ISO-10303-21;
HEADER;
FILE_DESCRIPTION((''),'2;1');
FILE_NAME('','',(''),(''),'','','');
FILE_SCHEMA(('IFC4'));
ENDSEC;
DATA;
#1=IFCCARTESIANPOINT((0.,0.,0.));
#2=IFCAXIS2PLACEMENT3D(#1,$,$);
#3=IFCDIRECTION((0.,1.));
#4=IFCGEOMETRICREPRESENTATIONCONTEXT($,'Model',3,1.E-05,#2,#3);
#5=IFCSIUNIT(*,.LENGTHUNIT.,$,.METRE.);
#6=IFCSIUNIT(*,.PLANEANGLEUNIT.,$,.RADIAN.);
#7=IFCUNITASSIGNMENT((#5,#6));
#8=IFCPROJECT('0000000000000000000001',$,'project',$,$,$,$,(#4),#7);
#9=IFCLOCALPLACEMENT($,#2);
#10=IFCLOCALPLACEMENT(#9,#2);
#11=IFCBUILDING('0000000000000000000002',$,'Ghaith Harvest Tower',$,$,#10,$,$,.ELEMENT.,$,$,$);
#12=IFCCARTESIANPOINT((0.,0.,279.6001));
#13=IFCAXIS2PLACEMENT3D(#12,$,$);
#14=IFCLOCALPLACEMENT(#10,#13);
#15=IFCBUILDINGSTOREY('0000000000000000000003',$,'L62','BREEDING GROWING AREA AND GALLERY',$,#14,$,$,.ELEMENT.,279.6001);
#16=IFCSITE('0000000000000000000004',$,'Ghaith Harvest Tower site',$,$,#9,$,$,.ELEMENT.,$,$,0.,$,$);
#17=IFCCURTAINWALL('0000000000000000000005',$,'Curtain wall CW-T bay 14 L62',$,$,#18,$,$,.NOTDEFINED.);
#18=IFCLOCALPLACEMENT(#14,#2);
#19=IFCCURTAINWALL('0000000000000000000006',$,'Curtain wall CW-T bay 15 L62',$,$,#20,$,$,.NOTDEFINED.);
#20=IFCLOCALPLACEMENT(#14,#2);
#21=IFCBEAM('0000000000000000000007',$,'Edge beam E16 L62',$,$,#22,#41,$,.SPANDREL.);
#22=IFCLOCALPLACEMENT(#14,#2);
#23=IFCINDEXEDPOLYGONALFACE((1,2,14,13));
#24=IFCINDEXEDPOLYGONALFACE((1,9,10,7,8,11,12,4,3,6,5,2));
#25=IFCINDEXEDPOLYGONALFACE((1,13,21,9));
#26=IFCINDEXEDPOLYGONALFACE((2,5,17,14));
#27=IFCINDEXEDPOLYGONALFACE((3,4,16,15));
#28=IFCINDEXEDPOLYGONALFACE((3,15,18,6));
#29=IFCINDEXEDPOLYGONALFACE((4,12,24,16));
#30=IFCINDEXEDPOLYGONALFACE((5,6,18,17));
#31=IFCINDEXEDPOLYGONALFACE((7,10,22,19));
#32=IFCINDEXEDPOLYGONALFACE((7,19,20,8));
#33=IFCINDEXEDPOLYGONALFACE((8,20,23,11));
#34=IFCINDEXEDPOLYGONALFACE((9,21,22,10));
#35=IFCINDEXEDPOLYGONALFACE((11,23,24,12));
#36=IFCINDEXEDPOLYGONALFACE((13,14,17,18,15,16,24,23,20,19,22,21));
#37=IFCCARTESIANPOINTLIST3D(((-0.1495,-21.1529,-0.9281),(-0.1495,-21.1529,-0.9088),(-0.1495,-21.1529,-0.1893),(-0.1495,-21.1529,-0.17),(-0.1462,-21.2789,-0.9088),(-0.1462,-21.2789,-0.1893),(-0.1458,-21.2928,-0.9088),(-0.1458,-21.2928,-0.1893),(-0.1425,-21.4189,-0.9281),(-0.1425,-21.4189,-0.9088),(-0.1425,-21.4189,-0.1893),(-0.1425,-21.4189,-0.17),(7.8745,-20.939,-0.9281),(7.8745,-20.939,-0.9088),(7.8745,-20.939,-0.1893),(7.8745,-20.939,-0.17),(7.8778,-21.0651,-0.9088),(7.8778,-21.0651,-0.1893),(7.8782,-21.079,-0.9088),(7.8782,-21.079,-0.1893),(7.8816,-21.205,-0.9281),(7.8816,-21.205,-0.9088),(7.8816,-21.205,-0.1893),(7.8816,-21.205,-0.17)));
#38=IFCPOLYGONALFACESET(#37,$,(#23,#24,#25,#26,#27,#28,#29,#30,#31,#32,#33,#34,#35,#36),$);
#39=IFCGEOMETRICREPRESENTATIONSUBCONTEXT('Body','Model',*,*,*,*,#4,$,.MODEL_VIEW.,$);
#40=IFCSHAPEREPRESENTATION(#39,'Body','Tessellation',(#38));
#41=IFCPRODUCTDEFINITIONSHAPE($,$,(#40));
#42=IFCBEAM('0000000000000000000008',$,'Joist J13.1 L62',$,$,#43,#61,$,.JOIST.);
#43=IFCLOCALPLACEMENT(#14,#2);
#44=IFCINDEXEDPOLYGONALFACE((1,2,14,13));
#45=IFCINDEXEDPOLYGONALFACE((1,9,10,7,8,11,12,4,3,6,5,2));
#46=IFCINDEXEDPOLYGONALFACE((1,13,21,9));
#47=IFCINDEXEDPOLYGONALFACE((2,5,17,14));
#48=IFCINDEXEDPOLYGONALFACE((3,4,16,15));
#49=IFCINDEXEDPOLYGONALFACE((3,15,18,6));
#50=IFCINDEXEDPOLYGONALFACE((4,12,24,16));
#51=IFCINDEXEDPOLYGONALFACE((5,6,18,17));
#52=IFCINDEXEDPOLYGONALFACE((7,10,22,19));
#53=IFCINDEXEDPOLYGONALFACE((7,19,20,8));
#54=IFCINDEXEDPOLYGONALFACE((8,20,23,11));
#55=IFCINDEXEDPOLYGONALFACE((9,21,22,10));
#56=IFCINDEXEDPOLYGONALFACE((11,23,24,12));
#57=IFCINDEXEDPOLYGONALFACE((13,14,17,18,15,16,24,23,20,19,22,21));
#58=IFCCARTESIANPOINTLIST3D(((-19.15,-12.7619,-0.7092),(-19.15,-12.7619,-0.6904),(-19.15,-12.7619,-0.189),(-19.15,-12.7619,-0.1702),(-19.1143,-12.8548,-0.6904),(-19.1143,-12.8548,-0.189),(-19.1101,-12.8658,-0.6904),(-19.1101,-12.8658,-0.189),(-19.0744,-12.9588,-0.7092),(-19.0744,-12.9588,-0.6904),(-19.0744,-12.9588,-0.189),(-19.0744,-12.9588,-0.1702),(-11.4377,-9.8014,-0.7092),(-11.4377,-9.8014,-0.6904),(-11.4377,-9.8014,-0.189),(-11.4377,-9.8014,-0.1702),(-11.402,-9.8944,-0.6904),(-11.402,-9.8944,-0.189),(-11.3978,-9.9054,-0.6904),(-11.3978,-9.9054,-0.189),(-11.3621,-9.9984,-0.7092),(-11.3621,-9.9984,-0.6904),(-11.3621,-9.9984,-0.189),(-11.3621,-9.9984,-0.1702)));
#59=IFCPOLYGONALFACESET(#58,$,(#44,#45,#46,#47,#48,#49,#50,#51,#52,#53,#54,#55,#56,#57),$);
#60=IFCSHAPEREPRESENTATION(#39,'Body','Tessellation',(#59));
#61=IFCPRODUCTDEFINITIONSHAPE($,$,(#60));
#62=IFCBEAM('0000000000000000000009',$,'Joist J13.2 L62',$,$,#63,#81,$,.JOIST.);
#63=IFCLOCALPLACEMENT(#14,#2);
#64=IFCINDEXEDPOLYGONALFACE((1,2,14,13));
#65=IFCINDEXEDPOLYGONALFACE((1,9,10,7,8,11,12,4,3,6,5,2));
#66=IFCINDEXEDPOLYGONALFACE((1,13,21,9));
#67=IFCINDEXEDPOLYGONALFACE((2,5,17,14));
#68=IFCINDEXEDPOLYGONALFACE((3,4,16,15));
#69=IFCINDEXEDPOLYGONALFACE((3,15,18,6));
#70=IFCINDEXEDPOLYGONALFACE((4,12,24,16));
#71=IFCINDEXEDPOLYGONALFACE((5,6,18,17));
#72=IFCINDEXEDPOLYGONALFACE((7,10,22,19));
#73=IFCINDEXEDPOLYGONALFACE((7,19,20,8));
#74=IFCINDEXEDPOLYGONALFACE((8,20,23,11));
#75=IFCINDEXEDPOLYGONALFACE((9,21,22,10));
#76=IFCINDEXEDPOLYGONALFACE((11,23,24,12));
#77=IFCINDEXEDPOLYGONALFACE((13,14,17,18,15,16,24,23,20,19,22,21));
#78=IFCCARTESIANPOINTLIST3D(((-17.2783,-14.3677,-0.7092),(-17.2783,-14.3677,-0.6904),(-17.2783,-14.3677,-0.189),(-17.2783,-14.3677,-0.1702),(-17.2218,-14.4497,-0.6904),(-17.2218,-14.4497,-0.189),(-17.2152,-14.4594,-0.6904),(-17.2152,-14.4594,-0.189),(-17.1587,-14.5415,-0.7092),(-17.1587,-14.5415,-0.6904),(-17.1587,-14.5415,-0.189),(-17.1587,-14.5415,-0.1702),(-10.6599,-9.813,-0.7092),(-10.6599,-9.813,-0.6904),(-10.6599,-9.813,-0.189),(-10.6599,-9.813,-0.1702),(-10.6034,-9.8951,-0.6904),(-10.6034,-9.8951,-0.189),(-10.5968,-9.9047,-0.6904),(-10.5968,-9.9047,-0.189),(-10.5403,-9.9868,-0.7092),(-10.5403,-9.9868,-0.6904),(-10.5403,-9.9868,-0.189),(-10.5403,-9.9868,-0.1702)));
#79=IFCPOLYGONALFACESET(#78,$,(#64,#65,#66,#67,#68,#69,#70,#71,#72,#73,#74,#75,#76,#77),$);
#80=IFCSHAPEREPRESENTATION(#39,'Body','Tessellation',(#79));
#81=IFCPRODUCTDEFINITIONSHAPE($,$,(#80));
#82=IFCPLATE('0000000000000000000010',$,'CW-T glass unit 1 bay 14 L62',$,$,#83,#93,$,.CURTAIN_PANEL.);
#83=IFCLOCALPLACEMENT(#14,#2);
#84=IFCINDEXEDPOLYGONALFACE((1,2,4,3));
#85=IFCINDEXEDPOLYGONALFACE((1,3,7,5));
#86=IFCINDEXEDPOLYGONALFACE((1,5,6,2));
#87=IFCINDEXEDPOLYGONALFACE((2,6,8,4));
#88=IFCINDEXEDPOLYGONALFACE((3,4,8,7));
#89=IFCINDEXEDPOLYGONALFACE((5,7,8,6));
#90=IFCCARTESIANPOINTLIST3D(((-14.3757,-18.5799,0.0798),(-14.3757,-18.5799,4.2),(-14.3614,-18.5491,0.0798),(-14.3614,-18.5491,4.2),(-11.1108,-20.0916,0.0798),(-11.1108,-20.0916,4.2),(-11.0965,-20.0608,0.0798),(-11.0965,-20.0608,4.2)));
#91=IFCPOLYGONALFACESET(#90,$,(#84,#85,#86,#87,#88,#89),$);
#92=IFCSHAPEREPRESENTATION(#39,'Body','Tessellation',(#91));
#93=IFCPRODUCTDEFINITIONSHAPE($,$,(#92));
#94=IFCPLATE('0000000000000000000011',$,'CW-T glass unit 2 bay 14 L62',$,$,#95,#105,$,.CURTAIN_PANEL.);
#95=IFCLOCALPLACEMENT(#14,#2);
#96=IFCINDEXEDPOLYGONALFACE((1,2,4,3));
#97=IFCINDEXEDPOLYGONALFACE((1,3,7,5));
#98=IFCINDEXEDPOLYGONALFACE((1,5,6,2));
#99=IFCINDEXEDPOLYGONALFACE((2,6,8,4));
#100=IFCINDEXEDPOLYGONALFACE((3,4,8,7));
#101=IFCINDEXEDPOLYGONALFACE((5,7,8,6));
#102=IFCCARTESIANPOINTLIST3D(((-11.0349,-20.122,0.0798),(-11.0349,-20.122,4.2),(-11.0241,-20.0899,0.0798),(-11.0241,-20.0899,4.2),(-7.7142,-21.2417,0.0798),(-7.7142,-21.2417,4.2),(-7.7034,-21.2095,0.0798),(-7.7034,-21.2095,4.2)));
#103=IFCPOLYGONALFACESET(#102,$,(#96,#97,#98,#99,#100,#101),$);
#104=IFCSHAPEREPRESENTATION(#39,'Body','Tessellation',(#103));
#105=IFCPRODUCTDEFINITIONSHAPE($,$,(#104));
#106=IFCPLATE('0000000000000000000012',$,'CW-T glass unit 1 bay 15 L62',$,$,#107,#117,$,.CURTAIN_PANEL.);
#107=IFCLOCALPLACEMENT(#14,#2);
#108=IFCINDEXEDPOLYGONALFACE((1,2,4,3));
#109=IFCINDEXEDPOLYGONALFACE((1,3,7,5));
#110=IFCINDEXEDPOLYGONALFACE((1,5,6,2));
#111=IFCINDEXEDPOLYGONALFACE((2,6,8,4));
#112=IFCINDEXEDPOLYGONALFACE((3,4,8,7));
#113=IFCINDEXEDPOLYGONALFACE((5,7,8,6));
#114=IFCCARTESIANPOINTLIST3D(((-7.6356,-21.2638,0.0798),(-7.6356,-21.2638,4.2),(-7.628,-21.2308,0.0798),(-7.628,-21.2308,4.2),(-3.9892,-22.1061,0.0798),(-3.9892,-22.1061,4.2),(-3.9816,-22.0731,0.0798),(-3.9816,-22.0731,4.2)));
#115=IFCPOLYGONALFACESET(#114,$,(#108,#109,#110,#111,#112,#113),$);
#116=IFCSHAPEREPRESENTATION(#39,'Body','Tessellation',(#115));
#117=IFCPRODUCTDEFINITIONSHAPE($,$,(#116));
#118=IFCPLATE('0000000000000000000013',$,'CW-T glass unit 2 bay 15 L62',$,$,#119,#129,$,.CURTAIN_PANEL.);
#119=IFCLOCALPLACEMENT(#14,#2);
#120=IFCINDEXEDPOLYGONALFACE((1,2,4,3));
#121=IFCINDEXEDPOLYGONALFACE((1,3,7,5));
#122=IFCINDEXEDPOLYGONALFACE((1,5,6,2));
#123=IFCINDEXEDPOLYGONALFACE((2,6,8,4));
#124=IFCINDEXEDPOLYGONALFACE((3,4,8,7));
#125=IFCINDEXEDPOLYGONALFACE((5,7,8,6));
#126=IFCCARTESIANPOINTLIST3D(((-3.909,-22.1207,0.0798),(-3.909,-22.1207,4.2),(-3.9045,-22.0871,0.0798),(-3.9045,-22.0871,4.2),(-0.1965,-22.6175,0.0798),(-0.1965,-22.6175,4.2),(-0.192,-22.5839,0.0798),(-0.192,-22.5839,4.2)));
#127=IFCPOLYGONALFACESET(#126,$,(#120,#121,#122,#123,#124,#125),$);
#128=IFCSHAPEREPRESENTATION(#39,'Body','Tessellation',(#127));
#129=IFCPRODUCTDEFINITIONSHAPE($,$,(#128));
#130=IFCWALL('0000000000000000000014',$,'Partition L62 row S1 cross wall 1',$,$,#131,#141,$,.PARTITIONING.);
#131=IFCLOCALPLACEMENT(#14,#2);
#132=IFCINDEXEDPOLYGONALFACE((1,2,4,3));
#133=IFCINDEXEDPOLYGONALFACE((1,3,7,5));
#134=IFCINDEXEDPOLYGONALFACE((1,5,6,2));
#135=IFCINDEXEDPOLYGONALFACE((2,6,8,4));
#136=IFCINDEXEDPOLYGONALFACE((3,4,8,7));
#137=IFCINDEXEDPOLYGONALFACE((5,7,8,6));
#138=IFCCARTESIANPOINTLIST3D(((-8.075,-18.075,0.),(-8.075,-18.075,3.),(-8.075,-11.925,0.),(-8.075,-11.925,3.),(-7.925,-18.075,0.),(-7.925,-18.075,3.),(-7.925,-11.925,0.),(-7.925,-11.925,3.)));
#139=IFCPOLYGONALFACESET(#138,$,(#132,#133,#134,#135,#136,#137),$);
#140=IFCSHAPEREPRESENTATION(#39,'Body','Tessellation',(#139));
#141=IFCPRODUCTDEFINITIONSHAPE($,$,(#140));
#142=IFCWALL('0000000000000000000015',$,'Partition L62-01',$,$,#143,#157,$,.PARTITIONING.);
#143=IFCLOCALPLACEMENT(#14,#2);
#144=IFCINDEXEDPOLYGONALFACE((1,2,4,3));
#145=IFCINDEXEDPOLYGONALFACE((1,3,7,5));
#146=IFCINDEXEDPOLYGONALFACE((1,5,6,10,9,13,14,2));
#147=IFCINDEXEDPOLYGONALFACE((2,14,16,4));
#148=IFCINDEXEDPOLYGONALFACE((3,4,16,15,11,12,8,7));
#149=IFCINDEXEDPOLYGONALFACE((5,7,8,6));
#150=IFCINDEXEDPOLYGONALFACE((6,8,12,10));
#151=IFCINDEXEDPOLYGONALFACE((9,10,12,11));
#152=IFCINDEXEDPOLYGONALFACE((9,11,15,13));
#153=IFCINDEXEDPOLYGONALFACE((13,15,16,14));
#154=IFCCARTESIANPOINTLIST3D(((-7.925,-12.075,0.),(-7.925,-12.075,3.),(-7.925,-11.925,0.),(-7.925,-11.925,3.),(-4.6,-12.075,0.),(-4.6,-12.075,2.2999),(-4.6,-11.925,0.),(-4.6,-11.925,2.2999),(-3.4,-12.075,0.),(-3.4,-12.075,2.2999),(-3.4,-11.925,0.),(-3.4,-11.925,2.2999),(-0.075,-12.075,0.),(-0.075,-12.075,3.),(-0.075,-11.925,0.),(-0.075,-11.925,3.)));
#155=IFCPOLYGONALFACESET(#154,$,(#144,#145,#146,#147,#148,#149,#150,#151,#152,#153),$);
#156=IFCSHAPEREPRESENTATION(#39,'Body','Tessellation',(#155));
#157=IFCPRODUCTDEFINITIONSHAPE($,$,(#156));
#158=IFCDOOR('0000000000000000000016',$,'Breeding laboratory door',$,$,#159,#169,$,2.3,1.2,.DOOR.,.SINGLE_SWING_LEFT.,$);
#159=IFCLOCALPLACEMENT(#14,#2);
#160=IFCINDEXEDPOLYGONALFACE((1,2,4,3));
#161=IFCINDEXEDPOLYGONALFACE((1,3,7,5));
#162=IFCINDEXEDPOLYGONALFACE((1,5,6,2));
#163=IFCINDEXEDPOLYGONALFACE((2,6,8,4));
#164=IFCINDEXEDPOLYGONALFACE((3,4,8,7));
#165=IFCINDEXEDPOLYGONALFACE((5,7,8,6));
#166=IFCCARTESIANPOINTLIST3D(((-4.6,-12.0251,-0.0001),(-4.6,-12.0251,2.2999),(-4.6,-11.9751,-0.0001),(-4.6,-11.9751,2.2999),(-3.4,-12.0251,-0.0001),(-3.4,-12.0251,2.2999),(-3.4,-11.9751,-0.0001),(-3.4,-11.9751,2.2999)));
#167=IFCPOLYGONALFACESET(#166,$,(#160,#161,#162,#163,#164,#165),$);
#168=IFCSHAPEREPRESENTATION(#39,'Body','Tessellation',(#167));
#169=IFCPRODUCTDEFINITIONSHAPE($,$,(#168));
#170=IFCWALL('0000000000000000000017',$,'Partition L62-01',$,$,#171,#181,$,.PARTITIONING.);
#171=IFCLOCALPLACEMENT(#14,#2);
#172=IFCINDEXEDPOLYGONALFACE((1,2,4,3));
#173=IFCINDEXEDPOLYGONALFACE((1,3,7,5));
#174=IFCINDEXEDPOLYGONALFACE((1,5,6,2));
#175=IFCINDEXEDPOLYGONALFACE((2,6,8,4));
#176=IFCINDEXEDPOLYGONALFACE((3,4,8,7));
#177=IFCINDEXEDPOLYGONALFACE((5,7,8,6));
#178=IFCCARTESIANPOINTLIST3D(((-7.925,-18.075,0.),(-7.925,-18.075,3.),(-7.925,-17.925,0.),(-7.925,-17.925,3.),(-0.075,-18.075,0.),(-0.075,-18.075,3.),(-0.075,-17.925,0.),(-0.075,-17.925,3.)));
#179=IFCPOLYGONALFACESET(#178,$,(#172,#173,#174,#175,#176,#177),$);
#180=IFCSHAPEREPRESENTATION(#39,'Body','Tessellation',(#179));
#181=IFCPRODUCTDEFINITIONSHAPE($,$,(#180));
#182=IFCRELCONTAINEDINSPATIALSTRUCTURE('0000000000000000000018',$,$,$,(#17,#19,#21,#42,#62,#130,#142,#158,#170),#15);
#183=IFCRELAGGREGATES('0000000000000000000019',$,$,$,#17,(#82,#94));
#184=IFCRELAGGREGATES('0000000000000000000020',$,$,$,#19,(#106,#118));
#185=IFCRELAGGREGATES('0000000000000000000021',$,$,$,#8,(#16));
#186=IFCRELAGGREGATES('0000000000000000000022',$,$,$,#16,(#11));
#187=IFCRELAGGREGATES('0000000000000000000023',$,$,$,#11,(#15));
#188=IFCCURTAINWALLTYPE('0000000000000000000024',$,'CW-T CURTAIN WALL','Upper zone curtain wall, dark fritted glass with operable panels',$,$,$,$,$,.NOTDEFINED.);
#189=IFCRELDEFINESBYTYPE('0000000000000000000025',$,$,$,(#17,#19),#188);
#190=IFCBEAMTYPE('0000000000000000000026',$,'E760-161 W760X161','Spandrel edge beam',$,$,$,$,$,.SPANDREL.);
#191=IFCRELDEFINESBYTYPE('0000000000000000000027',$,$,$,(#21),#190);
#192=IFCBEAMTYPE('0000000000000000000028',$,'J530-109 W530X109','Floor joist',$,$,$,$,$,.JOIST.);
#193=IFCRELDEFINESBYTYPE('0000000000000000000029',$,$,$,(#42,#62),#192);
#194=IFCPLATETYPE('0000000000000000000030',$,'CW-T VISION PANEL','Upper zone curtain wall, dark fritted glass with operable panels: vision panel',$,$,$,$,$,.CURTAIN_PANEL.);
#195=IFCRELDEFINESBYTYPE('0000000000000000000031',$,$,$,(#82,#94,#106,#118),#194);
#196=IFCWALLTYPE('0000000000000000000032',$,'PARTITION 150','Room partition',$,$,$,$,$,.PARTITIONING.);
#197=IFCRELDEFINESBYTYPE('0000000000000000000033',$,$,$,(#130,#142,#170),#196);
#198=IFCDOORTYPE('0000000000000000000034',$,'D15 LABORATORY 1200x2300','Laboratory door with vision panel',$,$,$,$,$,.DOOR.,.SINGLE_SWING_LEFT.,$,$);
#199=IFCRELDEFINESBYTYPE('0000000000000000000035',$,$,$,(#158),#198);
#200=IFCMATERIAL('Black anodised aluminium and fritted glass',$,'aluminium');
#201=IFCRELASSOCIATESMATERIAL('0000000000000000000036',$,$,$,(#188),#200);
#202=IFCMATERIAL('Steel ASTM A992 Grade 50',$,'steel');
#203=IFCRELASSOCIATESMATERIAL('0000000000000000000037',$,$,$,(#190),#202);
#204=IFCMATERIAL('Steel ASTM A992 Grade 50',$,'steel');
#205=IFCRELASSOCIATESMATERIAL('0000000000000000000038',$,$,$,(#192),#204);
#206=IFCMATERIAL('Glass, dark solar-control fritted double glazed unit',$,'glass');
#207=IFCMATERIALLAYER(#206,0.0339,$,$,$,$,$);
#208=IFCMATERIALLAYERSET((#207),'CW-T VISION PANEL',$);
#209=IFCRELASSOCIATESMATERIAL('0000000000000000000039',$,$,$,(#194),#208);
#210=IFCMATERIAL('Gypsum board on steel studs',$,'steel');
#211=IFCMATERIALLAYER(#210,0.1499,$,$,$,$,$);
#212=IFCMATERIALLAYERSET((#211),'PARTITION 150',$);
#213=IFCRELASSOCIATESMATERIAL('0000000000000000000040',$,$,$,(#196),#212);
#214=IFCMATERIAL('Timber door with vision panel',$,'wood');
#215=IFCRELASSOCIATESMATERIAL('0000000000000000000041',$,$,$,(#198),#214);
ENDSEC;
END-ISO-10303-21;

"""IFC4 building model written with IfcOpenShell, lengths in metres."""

from ifc_helpers import new_model, si_unit, direction, frame, frame_2d, origin, origin_2d, place, context, subcontext, project, spatial, rectangle, i_section, extrude, material, layer, layer_set, material_profile, profile_set, type_object, element, fill, aggregate, save


model = new_model("IFC4")

# Units and contexts
model_context = context("Model", 3, precision=1e-05, world=origin(), true_north=direction((0.0, 1.0)))
body_context = subcontext(model_context, "Body", "Model", "MODEL_VIEW")
ifc_project = project(units=[si_unit("LENGTHUNIT", "METRE"), si_unit("PLANEANGLEUNIT", "RADIAN")], contexts=[model_context])

# Site, building, storey
site_placement = place(None, origin())
site = spatial("IfcSite", under=ifc_project, at=site_placement, Name="Ghaith Harvest Tower site", CompositionType="ELEMENT", RefElevation=0.0)
building_placement = place(site_placement, origin())
building = spatial("IfcBuilding", under=site, at=building_placement, Name="Ghaith Harvest Tower", CompositionType="ELEMENT")
storey_placement = place(building_placement, frame((0.0, 0.0, 279.6001)))
storey = spatial("IfcBuildingStorey", under=building, at=storey_placement, Name="L62", Description="BREEDING GROWING AREA AND GALLERY", CompositionType="ELEMENT", Elevation=279.6001)

# Curtain wall
ifc_material_1 = material(Name="Black anodised aluminium and fritted glass", Category="aluminium")
curtain_wall_type = type_object("IfcCurtainWallType", Name="CW-T CURTAIN WALL", Description="Upper zone curtain wall, dark fritted glass with operable panels", PredefinedType="NOTDEFINED", material=ifc_material_1)
curtain_wall_1_placement = place(storey_placement, origin())
curtain_wall_1 = element("IfcCurtainWall", 1, at=curtain_wall_1_placement, inside=storey, type_object=curtain_wall_type, Name="Curtain wall CW-T bay 14 L62", PredefinedType="NOTDEFINED")

# Curtain wall
curtain_wall_2_placement = place(storey_placement, origin())
curtain_wall_2 = element("IfcCurtainWall", 2, at=curtain_wall_2_placement, inside=storey, type_object=curtain_wall_type, Name="Curtain wall CW-T bay 15 L62", PredefinedType="NOTDEFINED")

# Beams
ifc_material_2 = material(Name="Steel ASTM A992 Grade 50", Category="steel")
ifc_material_profile_1 = material_profile(ifc_material_2, i_section(OverallWidth=0.2661, OverallDepth=0.7581, WebThickness=0.0139, FlangeThickness=0.0193, at=origin_2d()), Name="W760X161")
ifc_profile_set_1 = profile_set([ifc_material_profile_1], Name="Steel ASTM A992 Grade 50")
beam_type_1 = type_object("IfcBeamType", Name="E760-161 W760X161", Description="Spandrel edge beam", PredefinedType="SPANDREL", material=ifc_profile_set_1)
beam_1_placement = place(storey_placement, frame((-0.146, -21.2859, -0.5491), z_axis=(0.999645, 0.026644, 0.0), x_axis=(-0.026644, 0.999645, 0.0)))
element("IfcBeam", 3, at=beam_1_placement, inside=storey, type_object=beam_type_1, Name="Edge beam E16 L62", PredefinedType="SPANDREL", context=body_context, shape_type="SweptSolid", body=[
    extrude(i_section(OverallWidth=0.2661, OverallDepth=0.7581, WebThickness=0.0139, FlangeThickness=0.0193, at=origin_2d()), origin(), (0.0, 0.0, 1.0), 8.0269),
])
ifc_material_3 = material(Name="Steel ASTM A992 Grade 50", Category="steel")
ifc_material_profile_2 = material_profile(ifc_material_3, i_section(OverallWidth=0.2109, OverallDepth=0.5391, WebThickness=0.0117, FlangeThickness=0.0188, at=origin_2d()), Name="W530X109")
ifc_profile_set_2 = profile_set([ifc_material_profile_2], Name="Steel ASTM A992 Grade 50")
beam_type_2 = type_object("IfcBeamType", Name="J530-109 W530X109", Description="Floor joist", PredefinedType="JOIST", material=ifc_profile_set_2)
beam_2_placement = place(storey_placement, frame((-11.3999, -9.8999, -0.4397), z_axis=(-0.933583, -0.358361, 0.0), x_axis=(0.358361, -0.933583, 0.0)))
element("IfcBeam", 4, at=beam_2_placement, inside=storey, type_object=beam_type_2, Name="Joist J13.1 L62", PredefinedType="JOIST", context=body_context, shape_type="SweptSolid", body=[
    extrude(i_section(OverallWidth=0.2109, OverallDepth=0.5391, WebThickness=0.0117, FlangeThickness=0.0188, at=origin_2d()), origin(), (0.0, 0.0, 1.0), 8.261),
])
beam_3_placement = place(storey_placement, frame((-10.6001, -9.8999, -0.4397), z_axis=(-0.823779, -0.566912, 0.0), x_axis=(0.566912, -0.823779, 0.0)))
element("IfcBeam", 5, at=beam_3_placement, inside=storey, type_object=beam_type_2, Name="Joist J13.2 L62", PredefinedType="JOIST", context=body_context, shape_type="SweptSolid", body=[
    extrude(i_section(OverallWidth=0.2109, OverallDepth=0.5391, WebThickness=0.0117, FlangeThickness=0.0188, at=origin_2d()), origin(), (0.0, 0.0, 1.0), 8.0342),
])

# Plates
ifc_material_4 = material(Name="Glass, dark solar-control fritted double glazed unit", Category="glass")
ifc_layer_1 = layer(ifc_material_4, 0.0339)
ifc_layer_set_1 = layer_set([ifc_layer_1], Name="CW-T VISION PANEL")
plate_type = type_object("IfcPlateType", Name="CW-T VISION PANEL", Description="Upper zone curtain wall, dark fritted glass with operable panels: vision panel", PredefinedType="CURTAIN_PANEL", material=ifc_layer_set_1)
plate_1_placement = place(storey_placement, frame((-12.7361, -19.3203, 0.0798), z_axis=(0.0, 0.0, 1.0), x_axis=(0.90745, -0.42016, 0.0)))
plate_1 = element("IfcPlate", 6, at=plate_1_placement, type_object=plate_type, Name="CW-T glass unit 1 bay 14 L62", PredefinedType="CURTAIN_PANEL", context=body_context, shape_type="SweptSolid", body=[
    extrude(rectangle(XDim=3.5979, YDim=0.0339, at=origin_2d()), origin(), (0.0, 0.0, 1.0), 4.1201),
])
plate_2_placement = place(storey_placement, frame((-9.3691, -20.6658, 0.0798), z_axis=(0.0, 0.0, 1.0), x_axis=(0.947586, -0.3195, 0.0)))
plate_2 = element("IfcPlate", 7, at=plate_2_placement, type_object=plate_type, Name="CW-T glass unit 2 bay 14 L62", PredefinedType="CURTAIN_PANEL", context=body_context, shape_type="SweptSolid", body=[
    extrude(rectangle(XDim=3.5044, YDim=0.0339, at=origin_2d()), origin(), (0.0, 0.0, 1.0), 4.1201),
])
aggregate(curtain_wall_1, [plate_1, plate_2])
plate_3_placement = place(storey_placement, frame((-5.8086, -21.6685, 0.0798), z_axis=(0.0, 0.0, 1.0), x_axis=(0.974342, -0.225072, 0.0)))
plate_3 = element("IfcPlate", 8, at=plate_3_placement, type_object=plate_type, Name="CW-T glass unit 1 bay 15 L62", PredefinedType="CURTAIN_PANEL", context=body_context, shape_type="SweptSolid", body=[
    extrude(rectangle(XDim=3.7424, YDim=0.0339, at=origin_2d()), origin(), (0.0, 0.0, 1.0), 4.1201),
])
plate_4_placement = place(storey_placement, frame((-2.0505, -22.3523, 0.0798), z_axis=(0.0, 0.0, 1.0), x_axis=(0.991165, -0.132633, 0.0)))
plate_4 = element("IfcPlate", 9, at=plate_4_placement, type_object=plate_type, Name="CW-T glass unit 2 bay 15 L62", PredefinedType="CURTAIN_PANEL", context=body_context, shape_type="SweptSolid", body=[
    extrude(rectangle(XDim=3.7456, YDim=0.0339, at=origin_2d()), origin(), (0.0, 0.0, 1.0), 4.1201),
])
aggregate(curtain_wall_2, [plate_3, plate_4])

# Wall
ifc_material_5 = material(Name="Gypsum board on steel studs", Category="steel")
ifc_layer_2 = layer(ifc_material_5, 0.1499)
ifc_layer_set_2 = layer_set([ifc_layer_2], Name="PARTITION 150")
wall_type = type_object("IfcWallType", Name="PARTITION 150", Description="Room partition", PredefinedType="PARTITIONING", material=ifc_layer_set_2)
wall_1_placement = place(storey_placement, frame((-8.0, -11.925, 0.0), z_axis=(0.0, 0.0, 1.0), x_axis=(0.0, -1.0, 0.0)))
element("IfcWall", 10, at=wall_1_placement, inside=storey, type_object=wall_type, Name="Partition L62 row S1 cross wall 1", PredefinedType="PARTITIONING", context=body_context, shape_type="SweptSolid", body=[
    extrude(rectangle(XDim=6.1499, YDim=0.1499, at=frame_2d((3.075, 0.0))), origin(), (0.0, 0.0, 1.0), 3.0),
])

# Wall, opening, door
wall_2_placement = place(storey_placement, frame((-7.925, -12.0, 0.0), z_axis=(0.0, 0.0, 1.0), x_axis=(1.0, 0.0, 0.0)))
wall_2 = element("IfcWall", 11, at=wall_2_placement, inside=storey, type_object=wall_type, Name="Partition L62-01", PredefinedType="PARTITIONING", context=body_context, shape_type="SweptSolid", body=[
    extrude(rectangle(XDim=7.8501, YDim=0.1499, at=frame_2d((3.925, 0.0))), origin(), (0.0, 0.0, 1.0), 3.0),
])
opening_placement = place(wall_2_placement, frame((3.325, 0.0, 0.0)))
opening = element("IfcOpeningElement", 12, at=opening_placement, cuts=wall_2, PredefinedType="OPENING", context=body_context, shape_type="SweptSolid", body=[
    extrude(rectangle(XDim=1.2, YDim=2.3, at=frame_2d((0.6001, 1.1499))), frame((0.0, 0.085, 0.0), z_axis=(0.0, -1.0, 0.0), x_axis=(1.0, 0.0, 0.0)), (0.0, 0.0, 1.0), 0.1699),
])
ifc_material_6 = material(Name="Timber door with vision panel", Category="wood")
door_type = type_object("IfcDoorType", Name="D15 LABORATORY 1200x2300", Description="Laboratory door with vision panel", OperationType="SINGLE_SWING_LEFT", PredefinedType="DOOR", material=ifc_material_6)
door_placement = place(opening_placement, origin())
door = element("IfcDoor", 13, at=door_placement, inside=storey, type_object=door_type, Name="Breeding laboratory door", OperationType="SINGLE_SWING_LEFT", OverallHeight=2.3, OverallWidth=1.2, PredefinedType="DOOR", context=body_context, shape_type="SweptSolid", body=[
    extrude(rectangle(XDim=1.2, YDim=2.3, at=frame_2d((0.6001, 1.1499))), frame((0.0, 0.0249, 0.0), z_axis=(0.0, -1.0, 0.0), x_axis=(1.0, 0.0, 0.0)), (0.0, 0.0, 1.0), 0.05),
])
fill(opening, door)

# Wall
wall_3_placement = place(storey_placement, frame((-7.925, -18.0, 0.0), z_axis=(0.0, 0.0, 1.0), x_axis=(1.0, 0.0, 0.0)))
element("IfcWall", 14, at=wall_3_placement, inside=storey, type_object=wall_type, Name="Partition L62-01", PredefinedType="PARTITIONING", context=body_context, shape_type="SweptSolid", body=[
    extrude(rectangle(XDim=7.8501, YDim=0.1499, at=frame_2d((3.925, 0.0))), origin(), (0.0, 0.0, 1.0), 3.0),
])

save(model, "model.ifc")
